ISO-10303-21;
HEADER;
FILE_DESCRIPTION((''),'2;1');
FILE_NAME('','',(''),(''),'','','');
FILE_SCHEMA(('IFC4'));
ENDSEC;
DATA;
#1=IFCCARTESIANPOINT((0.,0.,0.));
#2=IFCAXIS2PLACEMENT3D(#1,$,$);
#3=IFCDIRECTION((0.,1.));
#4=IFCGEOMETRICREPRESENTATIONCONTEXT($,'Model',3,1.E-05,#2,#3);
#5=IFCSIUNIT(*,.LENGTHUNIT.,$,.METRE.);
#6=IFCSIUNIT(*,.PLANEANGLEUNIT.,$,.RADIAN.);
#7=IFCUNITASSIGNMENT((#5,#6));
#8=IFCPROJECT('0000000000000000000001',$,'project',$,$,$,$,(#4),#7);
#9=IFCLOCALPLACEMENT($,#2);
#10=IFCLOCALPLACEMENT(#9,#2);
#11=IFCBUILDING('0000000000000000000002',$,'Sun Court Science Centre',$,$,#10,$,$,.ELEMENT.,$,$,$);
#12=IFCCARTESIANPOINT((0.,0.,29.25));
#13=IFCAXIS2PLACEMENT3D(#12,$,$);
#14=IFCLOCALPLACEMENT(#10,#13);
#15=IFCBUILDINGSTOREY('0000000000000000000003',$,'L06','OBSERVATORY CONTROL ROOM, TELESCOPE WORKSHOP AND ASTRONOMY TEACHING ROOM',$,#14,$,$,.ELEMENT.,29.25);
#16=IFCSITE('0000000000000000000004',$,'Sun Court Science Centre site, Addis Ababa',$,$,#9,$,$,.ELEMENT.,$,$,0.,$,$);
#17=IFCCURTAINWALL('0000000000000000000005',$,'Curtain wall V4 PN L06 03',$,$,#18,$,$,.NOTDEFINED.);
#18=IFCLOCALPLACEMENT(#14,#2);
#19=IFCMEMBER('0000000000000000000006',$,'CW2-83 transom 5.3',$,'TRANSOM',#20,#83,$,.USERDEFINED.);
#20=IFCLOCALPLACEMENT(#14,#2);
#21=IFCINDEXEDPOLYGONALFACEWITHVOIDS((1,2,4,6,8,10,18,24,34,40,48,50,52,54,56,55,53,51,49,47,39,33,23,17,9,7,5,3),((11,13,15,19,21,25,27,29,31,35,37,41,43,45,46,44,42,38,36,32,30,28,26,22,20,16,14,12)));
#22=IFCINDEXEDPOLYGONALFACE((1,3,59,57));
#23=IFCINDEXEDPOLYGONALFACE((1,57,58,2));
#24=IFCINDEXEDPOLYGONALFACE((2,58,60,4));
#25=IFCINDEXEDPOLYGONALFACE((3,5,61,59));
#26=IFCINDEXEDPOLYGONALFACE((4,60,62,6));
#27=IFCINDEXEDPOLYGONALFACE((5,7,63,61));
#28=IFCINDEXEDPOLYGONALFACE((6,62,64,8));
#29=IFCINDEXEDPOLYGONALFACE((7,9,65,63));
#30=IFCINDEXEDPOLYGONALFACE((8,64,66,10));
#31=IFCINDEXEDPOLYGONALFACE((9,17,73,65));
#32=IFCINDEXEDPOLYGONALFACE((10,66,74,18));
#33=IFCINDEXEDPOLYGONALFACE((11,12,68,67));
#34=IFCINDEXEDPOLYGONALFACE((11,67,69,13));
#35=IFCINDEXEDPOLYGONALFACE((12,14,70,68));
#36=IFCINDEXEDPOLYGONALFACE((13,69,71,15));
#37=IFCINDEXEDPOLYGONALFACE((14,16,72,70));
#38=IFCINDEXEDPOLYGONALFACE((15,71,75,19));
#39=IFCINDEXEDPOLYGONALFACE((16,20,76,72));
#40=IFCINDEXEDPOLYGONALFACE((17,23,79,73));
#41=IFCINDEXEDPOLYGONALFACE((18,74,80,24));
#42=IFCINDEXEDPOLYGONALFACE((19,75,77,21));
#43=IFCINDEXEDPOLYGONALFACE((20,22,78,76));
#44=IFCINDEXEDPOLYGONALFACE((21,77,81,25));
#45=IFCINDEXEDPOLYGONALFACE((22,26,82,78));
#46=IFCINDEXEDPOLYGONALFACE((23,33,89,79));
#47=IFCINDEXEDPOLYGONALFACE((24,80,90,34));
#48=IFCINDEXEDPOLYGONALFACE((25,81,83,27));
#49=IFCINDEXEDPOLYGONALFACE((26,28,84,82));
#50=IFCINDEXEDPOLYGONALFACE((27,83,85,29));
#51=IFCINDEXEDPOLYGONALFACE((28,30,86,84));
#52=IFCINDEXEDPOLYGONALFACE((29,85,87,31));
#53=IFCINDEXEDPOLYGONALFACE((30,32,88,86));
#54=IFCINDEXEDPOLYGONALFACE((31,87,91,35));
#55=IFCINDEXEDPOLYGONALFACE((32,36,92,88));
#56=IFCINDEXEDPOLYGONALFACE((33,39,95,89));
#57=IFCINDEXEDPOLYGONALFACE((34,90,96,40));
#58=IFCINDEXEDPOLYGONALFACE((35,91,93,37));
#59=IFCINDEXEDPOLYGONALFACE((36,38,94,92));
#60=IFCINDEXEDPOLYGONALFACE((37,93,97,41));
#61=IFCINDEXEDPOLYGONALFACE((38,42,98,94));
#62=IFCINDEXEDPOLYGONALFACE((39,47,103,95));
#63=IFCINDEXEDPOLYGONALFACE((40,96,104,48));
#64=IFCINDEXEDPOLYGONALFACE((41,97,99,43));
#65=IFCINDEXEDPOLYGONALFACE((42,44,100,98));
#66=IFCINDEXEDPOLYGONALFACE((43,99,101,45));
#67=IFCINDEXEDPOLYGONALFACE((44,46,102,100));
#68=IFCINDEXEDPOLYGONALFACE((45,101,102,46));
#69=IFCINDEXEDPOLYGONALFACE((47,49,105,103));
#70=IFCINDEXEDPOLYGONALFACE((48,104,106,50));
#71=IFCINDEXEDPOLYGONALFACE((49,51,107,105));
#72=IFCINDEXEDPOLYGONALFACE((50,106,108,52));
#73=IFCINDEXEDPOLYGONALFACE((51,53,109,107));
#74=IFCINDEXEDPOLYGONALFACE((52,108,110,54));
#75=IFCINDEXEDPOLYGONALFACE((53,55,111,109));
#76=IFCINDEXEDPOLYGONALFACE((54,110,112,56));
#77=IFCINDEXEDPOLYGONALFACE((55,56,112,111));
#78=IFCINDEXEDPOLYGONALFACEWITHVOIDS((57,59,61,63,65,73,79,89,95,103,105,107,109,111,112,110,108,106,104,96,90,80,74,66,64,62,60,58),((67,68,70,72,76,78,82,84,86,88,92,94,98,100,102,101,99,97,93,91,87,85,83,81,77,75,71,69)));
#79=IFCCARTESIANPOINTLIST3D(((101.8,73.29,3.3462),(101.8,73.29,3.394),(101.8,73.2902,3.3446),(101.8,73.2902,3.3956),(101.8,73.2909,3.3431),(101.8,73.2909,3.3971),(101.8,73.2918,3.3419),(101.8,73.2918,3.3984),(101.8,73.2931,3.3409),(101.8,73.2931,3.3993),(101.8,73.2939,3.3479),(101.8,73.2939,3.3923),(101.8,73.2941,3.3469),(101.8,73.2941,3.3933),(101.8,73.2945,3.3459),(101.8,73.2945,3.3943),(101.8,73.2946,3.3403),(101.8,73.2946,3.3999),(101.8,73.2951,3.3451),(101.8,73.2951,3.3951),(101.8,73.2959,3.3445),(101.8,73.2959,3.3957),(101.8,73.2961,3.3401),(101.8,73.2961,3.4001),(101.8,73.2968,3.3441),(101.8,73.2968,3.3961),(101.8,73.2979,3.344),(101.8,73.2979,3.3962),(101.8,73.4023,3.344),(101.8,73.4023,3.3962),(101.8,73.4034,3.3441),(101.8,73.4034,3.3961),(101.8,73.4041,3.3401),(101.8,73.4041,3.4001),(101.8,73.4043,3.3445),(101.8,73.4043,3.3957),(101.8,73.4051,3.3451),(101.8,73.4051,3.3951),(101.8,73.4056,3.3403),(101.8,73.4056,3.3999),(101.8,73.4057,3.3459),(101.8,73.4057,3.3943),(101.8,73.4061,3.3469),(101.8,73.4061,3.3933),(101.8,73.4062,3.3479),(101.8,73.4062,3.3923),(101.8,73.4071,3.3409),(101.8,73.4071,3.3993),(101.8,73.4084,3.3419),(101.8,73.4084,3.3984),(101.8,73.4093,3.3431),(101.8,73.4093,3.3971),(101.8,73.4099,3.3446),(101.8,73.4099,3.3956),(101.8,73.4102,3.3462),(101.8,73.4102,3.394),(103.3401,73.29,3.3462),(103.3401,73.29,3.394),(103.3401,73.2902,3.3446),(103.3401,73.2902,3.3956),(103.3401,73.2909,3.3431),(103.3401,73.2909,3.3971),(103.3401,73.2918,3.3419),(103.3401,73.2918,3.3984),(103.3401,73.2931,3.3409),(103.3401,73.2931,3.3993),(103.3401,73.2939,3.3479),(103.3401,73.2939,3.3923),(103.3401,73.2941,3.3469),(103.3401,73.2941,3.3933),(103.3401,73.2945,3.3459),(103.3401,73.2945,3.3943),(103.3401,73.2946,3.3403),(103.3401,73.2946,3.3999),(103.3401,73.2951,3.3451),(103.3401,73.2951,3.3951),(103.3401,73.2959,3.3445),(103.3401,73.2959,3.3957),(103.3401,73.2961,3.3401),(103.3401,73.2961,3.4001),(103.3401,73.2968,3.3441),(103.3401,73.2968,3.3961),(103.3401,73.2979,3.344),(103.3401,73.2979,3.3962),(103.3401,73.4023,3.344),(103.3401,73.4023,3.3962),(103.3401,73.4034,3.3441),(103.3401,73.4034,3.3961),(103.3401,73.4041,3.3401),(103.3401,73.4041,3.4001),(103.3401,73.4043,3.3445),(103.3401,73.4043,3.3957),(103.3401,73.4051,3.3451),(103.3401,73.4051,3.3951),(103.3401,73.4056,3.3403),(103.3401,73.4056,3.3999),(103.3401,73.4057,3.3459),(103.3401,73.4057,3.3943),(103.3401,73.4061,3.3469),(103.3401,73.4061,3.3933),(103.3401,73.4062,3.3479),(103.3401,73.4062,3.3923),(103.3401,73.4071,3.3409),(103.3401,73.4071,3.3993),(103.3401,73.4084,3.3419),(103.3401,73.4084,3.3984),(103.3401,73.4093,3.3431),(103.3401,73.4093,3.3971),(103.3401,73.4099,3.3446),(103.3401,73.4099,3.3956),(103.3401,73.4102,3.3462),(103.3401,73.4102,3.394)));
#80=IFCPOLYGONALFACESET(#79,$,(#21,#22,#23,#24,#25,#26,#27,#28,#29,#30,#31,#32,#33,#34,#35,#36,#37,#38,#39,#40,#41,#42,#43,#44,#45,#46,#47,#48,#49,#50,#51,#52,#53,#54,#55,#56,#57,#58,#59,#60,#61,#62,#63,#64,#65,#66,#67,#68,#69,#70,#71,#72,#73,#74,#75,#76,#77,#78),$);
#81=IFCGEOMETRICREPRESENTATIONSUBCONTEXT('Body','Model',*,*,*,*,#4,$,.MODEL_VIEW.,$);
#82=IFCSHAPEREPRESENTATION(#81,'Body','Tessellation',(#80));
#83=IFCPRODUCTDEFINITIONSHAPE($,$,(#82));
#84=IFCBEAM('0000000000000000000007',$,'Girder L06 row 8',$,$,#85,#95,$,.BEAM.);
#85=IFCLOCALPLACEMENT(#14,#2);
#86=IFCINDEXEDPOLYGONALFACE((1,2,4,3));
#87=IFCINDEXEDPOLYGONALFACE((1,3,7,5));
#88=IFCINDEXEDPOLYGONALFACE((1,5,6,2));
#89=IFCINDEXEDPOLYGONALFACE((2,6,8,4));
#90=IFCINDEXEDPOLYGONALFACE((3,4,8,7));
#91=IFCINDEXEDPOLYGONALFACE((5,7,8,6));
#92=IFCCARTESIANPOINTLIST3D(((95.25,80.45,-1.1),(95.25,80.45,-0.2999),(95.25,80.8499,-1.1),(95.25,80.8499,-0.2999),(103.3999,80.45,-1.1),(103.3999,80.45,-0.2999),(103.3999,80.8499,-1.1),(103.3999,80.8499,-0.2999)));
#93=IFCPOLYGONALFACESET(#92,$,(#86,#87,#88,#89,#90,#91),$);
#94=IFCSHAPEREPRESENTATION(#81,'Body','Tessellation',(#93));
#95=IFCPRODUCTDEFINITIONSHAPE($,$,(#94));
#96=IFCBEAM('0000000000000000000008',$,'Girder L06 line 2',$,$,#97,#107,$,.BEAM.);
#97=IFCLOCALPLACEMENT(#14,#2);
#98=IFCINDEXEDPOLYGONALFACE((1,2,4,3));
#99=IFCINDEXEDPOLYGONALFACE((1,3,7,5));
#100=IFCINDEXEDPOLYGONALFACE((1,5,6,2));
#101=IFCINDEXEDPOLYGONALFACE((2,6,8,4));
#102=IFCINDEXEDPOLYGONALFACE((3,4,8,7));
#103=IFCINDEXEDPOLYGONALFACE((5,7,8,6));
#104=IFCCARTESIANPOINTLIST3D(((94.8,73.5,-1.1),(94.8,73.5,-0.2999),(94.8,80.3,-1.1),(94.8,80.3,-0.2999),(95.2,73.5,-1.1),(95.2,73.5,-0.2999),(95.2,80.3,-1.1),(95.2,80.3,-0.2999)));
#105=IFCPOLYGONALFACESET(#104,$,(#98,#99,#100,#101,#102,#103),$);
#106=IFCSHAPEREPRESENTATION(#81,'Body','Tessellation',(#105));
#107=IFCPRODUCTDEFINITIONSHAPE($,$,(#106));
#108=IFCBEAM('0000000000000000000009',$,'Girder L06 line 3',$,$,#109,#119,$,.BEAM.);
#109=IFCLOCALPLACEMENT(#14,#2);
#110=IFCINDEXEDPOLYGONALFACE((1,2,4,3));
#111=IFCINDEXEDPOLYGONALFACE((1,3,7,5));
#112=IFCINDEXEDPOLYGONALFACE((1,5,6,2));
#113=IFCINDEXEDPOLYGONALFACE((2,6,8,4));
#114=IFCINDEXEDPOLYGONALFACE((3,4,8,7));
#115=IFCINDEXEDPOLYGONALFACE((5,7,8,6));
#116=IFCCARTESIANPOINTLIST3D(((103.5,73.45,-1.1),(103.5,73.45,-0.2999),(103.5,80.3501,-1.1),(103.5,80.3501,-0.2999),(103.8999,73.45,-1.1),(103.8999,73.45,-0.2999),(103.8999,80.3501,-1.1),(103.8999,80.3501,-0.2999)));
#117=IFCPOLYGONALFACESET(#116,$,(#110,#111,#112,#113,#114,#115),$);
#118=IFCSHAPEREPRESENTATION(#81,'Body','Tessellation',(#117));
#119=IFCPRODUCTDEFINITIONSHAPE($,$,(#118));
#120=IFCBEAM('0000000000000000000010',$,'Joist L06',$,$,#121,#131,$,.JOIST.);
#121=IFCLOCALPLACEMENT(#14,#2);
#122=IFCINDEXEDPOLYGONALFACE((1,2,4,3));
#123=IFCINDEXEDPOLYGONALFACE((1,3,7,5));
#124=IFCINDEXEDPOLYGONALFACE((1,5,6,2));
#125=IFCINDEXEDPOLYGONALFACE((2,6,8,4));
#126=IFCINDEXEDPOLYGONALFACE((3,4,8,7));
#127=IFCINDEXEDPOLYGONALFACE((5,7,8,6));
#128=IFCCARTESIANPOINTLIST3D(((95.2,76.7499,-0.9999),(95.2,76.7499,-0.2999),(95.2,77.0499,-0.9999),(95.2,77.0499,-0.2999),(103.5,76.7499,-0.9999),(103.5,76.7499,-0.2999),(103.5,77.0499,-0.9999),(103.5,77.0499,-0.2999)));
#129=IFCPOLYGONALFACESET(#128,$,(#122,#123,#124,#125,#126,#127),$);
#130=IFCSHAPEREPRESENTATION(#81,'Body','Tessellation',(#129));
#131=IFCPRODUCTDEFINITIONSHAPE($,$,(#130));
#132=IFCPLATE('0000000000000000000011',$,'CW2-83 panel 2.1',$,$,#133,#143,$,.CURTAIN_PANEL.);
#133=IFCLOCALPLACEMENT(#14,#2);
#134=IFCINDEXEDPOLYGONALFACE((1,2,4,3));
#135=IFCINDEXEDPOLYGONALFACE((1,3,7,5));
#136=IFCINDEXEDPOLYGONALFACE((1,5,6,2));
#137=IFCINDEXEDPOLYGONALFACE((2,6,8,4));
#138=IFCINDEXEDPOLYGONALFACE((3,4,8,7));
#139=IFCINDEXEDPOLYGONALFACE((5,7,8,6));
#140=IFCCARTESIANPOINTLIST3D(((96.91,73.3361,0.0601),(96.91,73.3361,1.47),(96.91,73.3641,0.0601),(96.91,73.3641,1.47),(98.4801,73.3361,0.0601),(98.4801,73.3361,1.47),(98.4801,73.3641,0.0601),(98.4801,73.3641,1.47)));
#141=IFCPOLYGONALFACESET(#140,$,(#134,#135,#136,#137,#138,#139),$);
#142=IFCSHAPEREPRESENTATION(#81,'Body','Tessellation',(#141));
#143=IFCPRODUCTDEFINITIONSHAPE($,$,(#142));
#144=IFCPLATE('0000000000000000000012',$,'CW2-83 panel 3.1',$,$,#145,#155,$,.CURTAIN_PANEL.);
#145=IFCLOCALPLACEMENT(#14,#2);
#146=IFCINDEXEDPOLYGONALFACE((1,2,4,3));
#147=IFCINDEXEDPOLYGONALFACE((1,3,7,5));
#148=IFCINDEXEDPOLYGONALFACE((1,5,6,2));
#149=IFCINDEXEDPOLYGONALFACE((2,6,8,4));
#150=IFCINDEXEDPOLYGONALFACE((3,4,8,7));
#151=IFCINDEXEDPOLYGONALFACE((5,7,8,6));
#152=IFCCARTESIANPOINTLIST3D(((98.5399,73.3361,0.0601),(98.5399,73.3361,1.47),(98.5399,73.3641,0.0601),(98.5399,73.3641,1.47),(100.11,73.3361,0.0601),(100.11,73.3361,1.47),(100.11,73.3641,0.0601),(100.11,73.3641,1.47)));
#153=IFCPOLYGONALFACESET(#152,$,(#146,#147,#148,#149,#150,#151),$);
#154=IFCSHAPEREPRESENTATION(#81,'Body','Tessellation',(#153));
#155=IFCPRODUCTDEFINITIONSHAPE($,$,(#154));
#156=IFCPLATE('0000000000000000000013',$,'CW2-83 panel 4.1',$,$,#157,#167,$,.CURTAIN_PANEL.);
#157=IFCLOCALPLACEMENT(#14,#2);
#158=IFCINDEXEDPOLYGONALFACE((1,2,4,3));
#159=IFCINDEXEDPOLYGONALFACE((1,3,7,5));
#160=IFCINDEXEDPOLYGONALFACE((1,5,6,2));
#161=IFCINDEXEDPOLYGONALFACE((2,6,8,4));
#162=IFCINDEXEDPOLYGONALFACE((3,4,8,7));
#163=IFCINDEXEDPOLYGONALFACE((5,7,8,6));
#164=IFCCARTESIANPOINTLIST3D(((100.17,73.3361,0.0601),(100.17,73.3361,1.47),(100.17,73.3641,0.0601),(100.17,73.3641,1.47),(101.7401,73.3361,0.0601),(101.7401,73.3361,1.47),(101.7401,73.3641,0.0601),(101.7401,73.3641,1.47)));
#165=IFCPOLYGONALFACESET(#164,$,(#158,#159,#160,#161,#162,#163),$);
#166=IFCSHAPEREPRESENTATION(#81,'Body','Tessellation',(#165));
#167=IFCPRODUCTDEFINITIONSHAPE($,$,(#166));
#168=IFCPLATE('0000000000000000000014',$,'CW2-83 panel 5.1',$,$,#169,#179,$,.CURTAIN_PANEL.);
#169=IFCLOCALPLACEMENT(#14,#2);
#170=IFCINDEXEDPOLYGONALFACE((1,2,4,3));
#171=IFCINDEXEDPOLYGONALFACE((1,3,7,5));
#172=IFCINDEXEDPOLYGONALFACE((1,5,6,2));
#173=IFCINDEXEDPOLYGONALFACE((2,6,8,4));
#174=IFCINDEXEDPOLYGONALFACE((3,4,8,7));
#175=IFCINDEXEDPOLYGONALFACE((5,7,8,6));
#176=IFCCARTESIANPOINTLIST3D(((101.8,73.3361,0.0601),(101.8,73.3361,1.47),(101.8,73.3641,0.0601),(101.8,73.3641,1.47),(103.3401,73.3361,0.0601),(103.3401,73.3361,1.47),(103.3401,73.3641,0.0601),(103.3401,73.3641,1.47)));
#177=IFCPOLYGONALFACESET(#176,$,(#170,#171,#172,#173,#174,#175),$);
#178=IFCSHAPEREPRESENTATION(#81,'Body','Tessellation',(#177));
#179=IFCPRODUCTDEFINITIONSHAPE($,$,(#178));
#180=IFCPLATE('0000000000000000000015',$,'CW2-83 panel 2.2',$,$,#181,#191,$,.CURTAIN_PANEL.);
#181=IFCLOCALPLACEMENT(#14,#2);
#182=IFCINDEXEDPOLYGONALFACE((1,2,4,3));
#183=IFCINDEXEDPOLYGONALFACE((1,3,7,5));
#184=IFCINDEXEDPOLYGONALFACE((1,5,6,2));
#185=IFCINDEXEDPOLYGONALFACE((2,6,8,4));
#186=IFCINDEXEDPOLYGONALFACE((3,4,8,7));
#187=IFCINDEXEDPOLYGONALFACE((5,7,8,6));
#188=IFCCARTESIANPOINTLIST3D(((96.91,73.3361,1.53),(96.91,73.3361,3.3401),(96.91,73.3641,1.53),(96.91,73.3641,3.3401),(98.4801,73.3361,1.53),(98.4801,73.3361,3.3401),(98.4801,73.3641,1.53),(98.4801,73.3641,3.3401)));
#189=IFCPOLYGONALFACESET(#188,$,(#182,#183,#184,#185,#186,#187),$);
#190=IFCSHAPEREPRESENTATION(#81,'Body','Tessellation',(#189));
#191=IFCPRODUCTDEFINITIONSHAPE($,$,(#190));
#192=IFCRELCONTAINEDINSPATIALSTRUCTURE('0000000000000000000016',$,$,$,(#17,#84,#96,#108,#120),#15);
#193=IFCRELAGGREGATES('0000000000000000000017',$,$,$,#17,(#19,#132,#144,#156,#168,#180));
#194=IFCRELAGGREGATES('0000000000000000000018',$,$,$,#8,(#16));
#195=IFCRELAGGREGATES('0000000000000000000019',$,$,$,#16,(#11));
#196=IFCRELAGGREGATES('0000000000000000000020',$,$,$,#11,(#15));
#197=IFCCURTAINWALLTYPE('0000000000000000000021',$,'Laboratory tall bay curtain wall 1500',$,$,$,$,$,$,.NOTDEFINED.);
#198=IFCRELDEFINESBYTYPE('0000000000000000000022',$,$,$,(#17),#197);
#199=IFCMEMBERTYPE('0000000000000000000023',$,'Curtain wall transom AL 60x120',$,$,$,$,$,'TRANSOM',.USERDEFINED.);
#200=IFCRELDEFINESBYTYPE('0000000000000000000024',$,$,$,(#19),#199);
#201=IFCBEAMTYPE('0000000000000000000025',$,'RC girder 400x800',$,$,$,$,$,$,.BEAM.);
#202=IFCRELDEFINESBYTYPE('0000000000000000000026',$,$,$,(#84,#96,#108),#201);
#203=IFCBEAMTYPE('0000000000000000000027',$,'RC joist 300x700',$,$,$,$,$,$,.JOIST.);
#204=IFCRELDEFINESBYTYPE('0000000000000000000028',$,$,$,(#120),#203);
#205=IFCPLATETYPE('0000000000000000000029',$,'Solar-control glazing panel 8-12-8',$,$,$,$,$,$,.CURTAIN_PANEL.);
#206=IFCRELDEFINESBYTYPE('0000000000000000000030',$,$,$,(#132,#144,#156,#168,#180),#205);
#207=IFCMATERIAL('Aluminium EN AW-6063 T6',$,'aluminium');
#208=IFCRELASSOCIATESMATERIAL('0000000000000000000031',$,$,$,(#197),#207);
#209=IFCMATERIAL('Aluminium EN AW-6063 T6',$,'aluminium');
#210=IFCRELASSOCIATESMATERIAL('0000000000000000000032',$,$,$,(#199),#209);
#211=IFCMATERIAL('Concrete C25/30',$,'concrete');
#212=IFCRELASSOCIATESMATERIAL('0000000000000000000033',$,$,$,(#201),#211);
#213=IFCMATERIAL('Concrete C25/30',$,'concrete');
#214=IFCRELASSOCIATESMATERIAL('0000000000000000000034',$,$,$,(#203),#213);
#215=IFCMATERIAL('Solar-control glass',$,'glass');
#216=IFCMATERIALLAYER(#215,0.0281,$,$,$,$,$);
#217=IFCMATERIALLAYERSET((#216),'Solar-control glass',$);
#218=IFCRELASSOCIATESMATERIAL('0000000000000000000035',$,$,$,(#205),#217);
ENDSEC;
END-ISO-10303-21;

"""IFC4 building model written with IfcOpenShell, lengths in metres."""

from ifc_helpers import new_model, si_unit, direction, frame, origin, origin_2d, place, context, subcontext, project, spatial, rectangle, hollow_rectangle, extrude, material, layer, layer_set, material_profile, profile_set, type_object, element, aggregate, save


model = new_model("IFC4")

# Units and contexts
model_context = context("Model", 3, precision=1e-05, world=origin(), true_north=direction((0.0, 1.0)))
body_context = subcontext(model_context, "Body", "Model", "MODEL_VIEW")
ifc_project = project(units=[si_unit("LENGTHUNIT", "METRE"), si_unit("PLANEANGLEUNIT", "RADIAN")], contexts=[model_context])

# Site, building, storey
site_placement = place(None, origin())
site = spatial("IfcSite", under=ifc_project, at=site_placement, Name="Sun Court Science Centre site, Addis Ababa", CompositionType="ELEMENT", RefElevation=0.0)
building_placement = place(site_placement, origin())
building = spatial("IfcBuilding", under=site, at=building_placement, Name="Sun Court Science Centre", CompositionType="ELEMENT")
storey_placement = place(building_placement, frame((0.0, 0.0, 29.25)))
storey = spatial("IfcBuildingStorey", under=building, at=storey_placement, Name="L06", Description="OBSERVATORY CONTROL ROOM, TELESCOPE WORKSHOP AND ASTRONOMY TEACHING ROOM", CompositionType="ELEMENT", Elevation=29.25)

# Curtain wall, member
ifc_material_1 = material(Name="Aluminium EN AW-6063 T6", Category="aluminium")
curtain_wall_type = type_object("IfcCurtainWallType", Name="Laboratory tall bay curtain wall 1500", PredefinedType="NOTDEFINED", material=ifc_material_1)
curtain_wall_placement = place(storey_placement, origin())
curtain_wall = element("IfcCurtainWall", 1, at=curtain_wall_placement, inside=storey, type_object=curtain_wall_type, Name="Curtain wall V4 PN L06 03", PredefinedType="NOTDEFINED")
ifc_material_2 = material(Name="Aluminium EN AW-6063 T6", Category="aluminium")
ifc_material_profile_1 = material_profile(ifc_material_2, hollow_rectangle(XDim=0.0601, YDim=0.1201, WallThickness=0.0039, InnerFilletRadius=0.0039, OuterFilletRadius=0.0061, at=origin_2d()), Name="AL 60x120x4")
ifc_profile_set_1 = profile_set([ifc_material_profile_1], Name="Aluminium EN AW-6063 T6")
member_type_1 = type_object("IfcMemberType", Name="Curtain wall transom AL 60x120", ElementType="TRANSOM", PredefinedType="USERDEFINED", material=ifc_profile_set_1)
member_1_placement = place(storey_placement, frame((101.8, 73.3501, 3.3701), z_axis=(1.0, 0.0, 0.0), x_axis=(0.0, 0.0, 1.0)))
member_1 = element("IfcMember", 2, at=member_1_placement, type_object=member_type_1, Name="CW2-83 transom 5.3", ObjectType="TRANSOM", PredefinedType="USERDEFINED", context=body_context, shape_type="SweptSolid", body=[
    extrude(hollow_rectangle(XDim=0.0601, YDim=0.1201, WallThickness=0.0039, InnerFilletRadius=0.0039, OuterFilletRadius=0.0061, at=origin_2d()), origin(), (0.0, 0.0, 1.0), 1.54),
])

# Beams
ifc_material_3 = material(Name="Concrete C25/30", Category="concrete")
ifc_material_profile_2 = material_profile(ifc_material_3, rectangle(XDim=0.3999, YDim=0.8, at=origin_2d()), Name="RC 400x800")
ifc_profile_set_2 = profile_set([ifc_material_profile_2], Name="Concrete C25/30")
beam_type_1 = type_object("IfcBeamType", Name="RC girder 400x800", PredefinedType="BEAM", material=ifc_profile_set_2)
beam_1_placement = place(storey_placement, frame((95.25, 80.6499, -0.7), z_axis=(1.0, 0.0, 0.0), x_axis=(0.0, 1.0, 0.0)))
element("IfcBeam", 3, at=beam_1_placement, inside=storey, type_object=beam_type_1, Name="Girder L06 row 8", PredefinedType="BEAM", context=body_context, shape_type="SweptSolid", body=[
    extrude(rectangle(XDim=0.3999, YDim=0.8, at=origin_2d()), origin(), (0.0, 0.0, 1.0), 8.1499),
])
beam_2_placement = place(storey_placement, frame((95.0, 73.5, -0.7), z_axis=(0.0, 1.0, 0.0), x_axis=(-1.0, 0.0, 0.0)))
element("IfcBeam", 4, at=beam_2_placement, inside=storey, type_object=beam_type_1, Name="Girder L06 line 2", PredefinedType="BEAM", context=body_context, shape_type="SweptSolid", body=[
    extrude(rectangle(XDim=0.3999, YDim=0.8, at=origin_2d()), origin(), (0.0, 0.0, 1.0), 6.8),
])
beam_3_placement = place(storey_placement, frame((103.7, 73.45, -0.7), z_axis=(0.0, 1.0, 0.0), x_axis=(-1.0, 0.0, 0.0)))
element("IfcBeam", 5, at=beam_3_placement, inside=storey, type_object=beam_type_1, Name="Girder L06 line 3", PredefinedType="BEAM", context=body_context, shape_type="SweptSolid", body=[
    extrude(rectangle(XDim=0.3999, YDim=0.8, at=origin_2d()), origin(), (0.0, 0.0, 1.0), 6.9001),
])
ifc_material_4 = material(Name="Concrete C25/30", Category="concrete")
ifc_material_profile_3 = material_profile(ifc_material_4, rectangle(XDim=0.3, YDim=0.7, at=origin_2d()), Name="RC 300x700")
ifc_profile_set_3 = profile_set([ifc_material_profile_3], Name="Concrete C25/30")
beam_type_2 = type_object("IfcBeamType", Name="RC joist 300x700", PredefinedType="JOIST", material=ifc_profile_set_3)
beam_4_placement = place(storey_placement, frame((95.2, 76.8999, -0.6499), z_axis=(1.0, 0.0, 0.0), x_axis=(0.0, 1.0, 0.0)))
element("IfcBeam", 6, at=beam_4_placement, inside=storey, type_object=beam_type_2, Name="Joist L06", PredefinedType="JOIST", context=body_context, shape_type="SweptSolid", body=[
    extrude(rectangle(XDim=0.3, YDim=0.7, at=origin_2d()), origin(), (0.0, 0.0, 1.0), 8.3),
])

# Plates
ifc_material_5 = material(Name="Solar-control glass", Category="glass")
ifc_layer = layer(ifc_material_5, 0.0281)
ifc_layer_set = layer_set([ifc_layer], Name="Solar-control glass")
plate_type = type_object("IfcPlateType", Name="Solar-control glazing panel 8-12-8", PredefinedType="CURTAIN_PANEL", material=ifc_layer_set)
plate_1_placement = place(storey_placement, frame((97.6951, 73.3501, 0.0601), z_axis=(0.0, 0.0, 1.0), x_axis=(1.0, 0.0, 0.0)))
plate_1 = element("IfcPlate", 7, at=plate_1_placement, type_object=plate_type, Name="CW2-83 panel 2.1", PredefinedType="CURTAIN_PANEL", context=body_context, shape_type="SweptSolid", body=[
    extrude(rectangle(XDim=1.5701, YDim=0.0281, at=origin_2d()), origin(), (0.0, 0.0, 1.0), 1.4099),
])
plate_2_placement = place(storey_placement, frame((99.325, 73.3501, 0.0601), z_axis=(0.0, 0.0, 1.0), x_axis=(1.0, 0.0, 0.0)))
plate_2 = element("IfcPlate", 8, at=plate_2_placement, type_object=plate_type, Name="CW2-83 panel 3.1", PredefinedType="CURTAIN_PANEL", context=body_context, shape_type="SweptSolid", body=[
    extrude(rectangle(XDim=1.5701, YDim=0.0281, at=origin_2d()), origin(), (0.0, 0.0, 1.0), 1.4099),
])
plate_3_placement = place(storey_placement, frame((100.9551, 73.3501, 0.0601), z_axis=(0.0, 0.0, 1.0), x_axis=(1.0, 0.0, 0.0)))
plate_3 = element("IfcPlate", 9, at=plate_3_placement, type_object=plate_type, Name="CW2-83 panel 4.1", PredefinedType="CURTAIN_PANEL", context=body_context, shape_type="SweptSolid", body=[
    extrude(rectangle(XDim=1.5701, YDim=0.0281, at=origin_2d()), origin(), (0.0, 0.0, 1.0), 1.4099),
])
plate_4_placement = place(storey_placement, frame((102.5701, 73.3501, 0.0601), z_axis=(0.0, 0.0, 1.0), x_axis=(1.0, 0.0, 0.0)))
plate_4 = element("IfcPlate", 10, at=plate_4_placement, type_object=plate_type, Name="CW2-83 panel 5.1", PredefinedType="CURTAIN_PANEL", context=body_context, shape_type="SweptSolid", body=[
    extrude(rectangle(XDim=1.54, YDim=0.0281, at=origin_2d()), origin(), (0.0, 0.0, 1.0), 1.4099),
])
plate_5_placement = place(storey_placement, frame((97.6951, 73.3501, 1.53), z_axis=(0.0, 0.0, 1.0), x_axis=(1.0, 0.0, 0.0)))
plate_5 = element("IfcPlate", 11, at=plate_5_placement, type_object=plate_type, Name="CW2-83 panel 2.2", PredefinedType="CURTAIN_PANEL", context=body_context, shape_type="SweptSolid", body=[
    extrude(rectangle(XDim=1.5701, YDim=0.0281, at=origin_2d()), origin(), (0.0, 0.0, 1.0), 1.8101),
])
aggregate(curtain_wall, [member_1, plate_1, plate_2, plate_3, plate_4, plate_5])

save(model, "model.ifc")
